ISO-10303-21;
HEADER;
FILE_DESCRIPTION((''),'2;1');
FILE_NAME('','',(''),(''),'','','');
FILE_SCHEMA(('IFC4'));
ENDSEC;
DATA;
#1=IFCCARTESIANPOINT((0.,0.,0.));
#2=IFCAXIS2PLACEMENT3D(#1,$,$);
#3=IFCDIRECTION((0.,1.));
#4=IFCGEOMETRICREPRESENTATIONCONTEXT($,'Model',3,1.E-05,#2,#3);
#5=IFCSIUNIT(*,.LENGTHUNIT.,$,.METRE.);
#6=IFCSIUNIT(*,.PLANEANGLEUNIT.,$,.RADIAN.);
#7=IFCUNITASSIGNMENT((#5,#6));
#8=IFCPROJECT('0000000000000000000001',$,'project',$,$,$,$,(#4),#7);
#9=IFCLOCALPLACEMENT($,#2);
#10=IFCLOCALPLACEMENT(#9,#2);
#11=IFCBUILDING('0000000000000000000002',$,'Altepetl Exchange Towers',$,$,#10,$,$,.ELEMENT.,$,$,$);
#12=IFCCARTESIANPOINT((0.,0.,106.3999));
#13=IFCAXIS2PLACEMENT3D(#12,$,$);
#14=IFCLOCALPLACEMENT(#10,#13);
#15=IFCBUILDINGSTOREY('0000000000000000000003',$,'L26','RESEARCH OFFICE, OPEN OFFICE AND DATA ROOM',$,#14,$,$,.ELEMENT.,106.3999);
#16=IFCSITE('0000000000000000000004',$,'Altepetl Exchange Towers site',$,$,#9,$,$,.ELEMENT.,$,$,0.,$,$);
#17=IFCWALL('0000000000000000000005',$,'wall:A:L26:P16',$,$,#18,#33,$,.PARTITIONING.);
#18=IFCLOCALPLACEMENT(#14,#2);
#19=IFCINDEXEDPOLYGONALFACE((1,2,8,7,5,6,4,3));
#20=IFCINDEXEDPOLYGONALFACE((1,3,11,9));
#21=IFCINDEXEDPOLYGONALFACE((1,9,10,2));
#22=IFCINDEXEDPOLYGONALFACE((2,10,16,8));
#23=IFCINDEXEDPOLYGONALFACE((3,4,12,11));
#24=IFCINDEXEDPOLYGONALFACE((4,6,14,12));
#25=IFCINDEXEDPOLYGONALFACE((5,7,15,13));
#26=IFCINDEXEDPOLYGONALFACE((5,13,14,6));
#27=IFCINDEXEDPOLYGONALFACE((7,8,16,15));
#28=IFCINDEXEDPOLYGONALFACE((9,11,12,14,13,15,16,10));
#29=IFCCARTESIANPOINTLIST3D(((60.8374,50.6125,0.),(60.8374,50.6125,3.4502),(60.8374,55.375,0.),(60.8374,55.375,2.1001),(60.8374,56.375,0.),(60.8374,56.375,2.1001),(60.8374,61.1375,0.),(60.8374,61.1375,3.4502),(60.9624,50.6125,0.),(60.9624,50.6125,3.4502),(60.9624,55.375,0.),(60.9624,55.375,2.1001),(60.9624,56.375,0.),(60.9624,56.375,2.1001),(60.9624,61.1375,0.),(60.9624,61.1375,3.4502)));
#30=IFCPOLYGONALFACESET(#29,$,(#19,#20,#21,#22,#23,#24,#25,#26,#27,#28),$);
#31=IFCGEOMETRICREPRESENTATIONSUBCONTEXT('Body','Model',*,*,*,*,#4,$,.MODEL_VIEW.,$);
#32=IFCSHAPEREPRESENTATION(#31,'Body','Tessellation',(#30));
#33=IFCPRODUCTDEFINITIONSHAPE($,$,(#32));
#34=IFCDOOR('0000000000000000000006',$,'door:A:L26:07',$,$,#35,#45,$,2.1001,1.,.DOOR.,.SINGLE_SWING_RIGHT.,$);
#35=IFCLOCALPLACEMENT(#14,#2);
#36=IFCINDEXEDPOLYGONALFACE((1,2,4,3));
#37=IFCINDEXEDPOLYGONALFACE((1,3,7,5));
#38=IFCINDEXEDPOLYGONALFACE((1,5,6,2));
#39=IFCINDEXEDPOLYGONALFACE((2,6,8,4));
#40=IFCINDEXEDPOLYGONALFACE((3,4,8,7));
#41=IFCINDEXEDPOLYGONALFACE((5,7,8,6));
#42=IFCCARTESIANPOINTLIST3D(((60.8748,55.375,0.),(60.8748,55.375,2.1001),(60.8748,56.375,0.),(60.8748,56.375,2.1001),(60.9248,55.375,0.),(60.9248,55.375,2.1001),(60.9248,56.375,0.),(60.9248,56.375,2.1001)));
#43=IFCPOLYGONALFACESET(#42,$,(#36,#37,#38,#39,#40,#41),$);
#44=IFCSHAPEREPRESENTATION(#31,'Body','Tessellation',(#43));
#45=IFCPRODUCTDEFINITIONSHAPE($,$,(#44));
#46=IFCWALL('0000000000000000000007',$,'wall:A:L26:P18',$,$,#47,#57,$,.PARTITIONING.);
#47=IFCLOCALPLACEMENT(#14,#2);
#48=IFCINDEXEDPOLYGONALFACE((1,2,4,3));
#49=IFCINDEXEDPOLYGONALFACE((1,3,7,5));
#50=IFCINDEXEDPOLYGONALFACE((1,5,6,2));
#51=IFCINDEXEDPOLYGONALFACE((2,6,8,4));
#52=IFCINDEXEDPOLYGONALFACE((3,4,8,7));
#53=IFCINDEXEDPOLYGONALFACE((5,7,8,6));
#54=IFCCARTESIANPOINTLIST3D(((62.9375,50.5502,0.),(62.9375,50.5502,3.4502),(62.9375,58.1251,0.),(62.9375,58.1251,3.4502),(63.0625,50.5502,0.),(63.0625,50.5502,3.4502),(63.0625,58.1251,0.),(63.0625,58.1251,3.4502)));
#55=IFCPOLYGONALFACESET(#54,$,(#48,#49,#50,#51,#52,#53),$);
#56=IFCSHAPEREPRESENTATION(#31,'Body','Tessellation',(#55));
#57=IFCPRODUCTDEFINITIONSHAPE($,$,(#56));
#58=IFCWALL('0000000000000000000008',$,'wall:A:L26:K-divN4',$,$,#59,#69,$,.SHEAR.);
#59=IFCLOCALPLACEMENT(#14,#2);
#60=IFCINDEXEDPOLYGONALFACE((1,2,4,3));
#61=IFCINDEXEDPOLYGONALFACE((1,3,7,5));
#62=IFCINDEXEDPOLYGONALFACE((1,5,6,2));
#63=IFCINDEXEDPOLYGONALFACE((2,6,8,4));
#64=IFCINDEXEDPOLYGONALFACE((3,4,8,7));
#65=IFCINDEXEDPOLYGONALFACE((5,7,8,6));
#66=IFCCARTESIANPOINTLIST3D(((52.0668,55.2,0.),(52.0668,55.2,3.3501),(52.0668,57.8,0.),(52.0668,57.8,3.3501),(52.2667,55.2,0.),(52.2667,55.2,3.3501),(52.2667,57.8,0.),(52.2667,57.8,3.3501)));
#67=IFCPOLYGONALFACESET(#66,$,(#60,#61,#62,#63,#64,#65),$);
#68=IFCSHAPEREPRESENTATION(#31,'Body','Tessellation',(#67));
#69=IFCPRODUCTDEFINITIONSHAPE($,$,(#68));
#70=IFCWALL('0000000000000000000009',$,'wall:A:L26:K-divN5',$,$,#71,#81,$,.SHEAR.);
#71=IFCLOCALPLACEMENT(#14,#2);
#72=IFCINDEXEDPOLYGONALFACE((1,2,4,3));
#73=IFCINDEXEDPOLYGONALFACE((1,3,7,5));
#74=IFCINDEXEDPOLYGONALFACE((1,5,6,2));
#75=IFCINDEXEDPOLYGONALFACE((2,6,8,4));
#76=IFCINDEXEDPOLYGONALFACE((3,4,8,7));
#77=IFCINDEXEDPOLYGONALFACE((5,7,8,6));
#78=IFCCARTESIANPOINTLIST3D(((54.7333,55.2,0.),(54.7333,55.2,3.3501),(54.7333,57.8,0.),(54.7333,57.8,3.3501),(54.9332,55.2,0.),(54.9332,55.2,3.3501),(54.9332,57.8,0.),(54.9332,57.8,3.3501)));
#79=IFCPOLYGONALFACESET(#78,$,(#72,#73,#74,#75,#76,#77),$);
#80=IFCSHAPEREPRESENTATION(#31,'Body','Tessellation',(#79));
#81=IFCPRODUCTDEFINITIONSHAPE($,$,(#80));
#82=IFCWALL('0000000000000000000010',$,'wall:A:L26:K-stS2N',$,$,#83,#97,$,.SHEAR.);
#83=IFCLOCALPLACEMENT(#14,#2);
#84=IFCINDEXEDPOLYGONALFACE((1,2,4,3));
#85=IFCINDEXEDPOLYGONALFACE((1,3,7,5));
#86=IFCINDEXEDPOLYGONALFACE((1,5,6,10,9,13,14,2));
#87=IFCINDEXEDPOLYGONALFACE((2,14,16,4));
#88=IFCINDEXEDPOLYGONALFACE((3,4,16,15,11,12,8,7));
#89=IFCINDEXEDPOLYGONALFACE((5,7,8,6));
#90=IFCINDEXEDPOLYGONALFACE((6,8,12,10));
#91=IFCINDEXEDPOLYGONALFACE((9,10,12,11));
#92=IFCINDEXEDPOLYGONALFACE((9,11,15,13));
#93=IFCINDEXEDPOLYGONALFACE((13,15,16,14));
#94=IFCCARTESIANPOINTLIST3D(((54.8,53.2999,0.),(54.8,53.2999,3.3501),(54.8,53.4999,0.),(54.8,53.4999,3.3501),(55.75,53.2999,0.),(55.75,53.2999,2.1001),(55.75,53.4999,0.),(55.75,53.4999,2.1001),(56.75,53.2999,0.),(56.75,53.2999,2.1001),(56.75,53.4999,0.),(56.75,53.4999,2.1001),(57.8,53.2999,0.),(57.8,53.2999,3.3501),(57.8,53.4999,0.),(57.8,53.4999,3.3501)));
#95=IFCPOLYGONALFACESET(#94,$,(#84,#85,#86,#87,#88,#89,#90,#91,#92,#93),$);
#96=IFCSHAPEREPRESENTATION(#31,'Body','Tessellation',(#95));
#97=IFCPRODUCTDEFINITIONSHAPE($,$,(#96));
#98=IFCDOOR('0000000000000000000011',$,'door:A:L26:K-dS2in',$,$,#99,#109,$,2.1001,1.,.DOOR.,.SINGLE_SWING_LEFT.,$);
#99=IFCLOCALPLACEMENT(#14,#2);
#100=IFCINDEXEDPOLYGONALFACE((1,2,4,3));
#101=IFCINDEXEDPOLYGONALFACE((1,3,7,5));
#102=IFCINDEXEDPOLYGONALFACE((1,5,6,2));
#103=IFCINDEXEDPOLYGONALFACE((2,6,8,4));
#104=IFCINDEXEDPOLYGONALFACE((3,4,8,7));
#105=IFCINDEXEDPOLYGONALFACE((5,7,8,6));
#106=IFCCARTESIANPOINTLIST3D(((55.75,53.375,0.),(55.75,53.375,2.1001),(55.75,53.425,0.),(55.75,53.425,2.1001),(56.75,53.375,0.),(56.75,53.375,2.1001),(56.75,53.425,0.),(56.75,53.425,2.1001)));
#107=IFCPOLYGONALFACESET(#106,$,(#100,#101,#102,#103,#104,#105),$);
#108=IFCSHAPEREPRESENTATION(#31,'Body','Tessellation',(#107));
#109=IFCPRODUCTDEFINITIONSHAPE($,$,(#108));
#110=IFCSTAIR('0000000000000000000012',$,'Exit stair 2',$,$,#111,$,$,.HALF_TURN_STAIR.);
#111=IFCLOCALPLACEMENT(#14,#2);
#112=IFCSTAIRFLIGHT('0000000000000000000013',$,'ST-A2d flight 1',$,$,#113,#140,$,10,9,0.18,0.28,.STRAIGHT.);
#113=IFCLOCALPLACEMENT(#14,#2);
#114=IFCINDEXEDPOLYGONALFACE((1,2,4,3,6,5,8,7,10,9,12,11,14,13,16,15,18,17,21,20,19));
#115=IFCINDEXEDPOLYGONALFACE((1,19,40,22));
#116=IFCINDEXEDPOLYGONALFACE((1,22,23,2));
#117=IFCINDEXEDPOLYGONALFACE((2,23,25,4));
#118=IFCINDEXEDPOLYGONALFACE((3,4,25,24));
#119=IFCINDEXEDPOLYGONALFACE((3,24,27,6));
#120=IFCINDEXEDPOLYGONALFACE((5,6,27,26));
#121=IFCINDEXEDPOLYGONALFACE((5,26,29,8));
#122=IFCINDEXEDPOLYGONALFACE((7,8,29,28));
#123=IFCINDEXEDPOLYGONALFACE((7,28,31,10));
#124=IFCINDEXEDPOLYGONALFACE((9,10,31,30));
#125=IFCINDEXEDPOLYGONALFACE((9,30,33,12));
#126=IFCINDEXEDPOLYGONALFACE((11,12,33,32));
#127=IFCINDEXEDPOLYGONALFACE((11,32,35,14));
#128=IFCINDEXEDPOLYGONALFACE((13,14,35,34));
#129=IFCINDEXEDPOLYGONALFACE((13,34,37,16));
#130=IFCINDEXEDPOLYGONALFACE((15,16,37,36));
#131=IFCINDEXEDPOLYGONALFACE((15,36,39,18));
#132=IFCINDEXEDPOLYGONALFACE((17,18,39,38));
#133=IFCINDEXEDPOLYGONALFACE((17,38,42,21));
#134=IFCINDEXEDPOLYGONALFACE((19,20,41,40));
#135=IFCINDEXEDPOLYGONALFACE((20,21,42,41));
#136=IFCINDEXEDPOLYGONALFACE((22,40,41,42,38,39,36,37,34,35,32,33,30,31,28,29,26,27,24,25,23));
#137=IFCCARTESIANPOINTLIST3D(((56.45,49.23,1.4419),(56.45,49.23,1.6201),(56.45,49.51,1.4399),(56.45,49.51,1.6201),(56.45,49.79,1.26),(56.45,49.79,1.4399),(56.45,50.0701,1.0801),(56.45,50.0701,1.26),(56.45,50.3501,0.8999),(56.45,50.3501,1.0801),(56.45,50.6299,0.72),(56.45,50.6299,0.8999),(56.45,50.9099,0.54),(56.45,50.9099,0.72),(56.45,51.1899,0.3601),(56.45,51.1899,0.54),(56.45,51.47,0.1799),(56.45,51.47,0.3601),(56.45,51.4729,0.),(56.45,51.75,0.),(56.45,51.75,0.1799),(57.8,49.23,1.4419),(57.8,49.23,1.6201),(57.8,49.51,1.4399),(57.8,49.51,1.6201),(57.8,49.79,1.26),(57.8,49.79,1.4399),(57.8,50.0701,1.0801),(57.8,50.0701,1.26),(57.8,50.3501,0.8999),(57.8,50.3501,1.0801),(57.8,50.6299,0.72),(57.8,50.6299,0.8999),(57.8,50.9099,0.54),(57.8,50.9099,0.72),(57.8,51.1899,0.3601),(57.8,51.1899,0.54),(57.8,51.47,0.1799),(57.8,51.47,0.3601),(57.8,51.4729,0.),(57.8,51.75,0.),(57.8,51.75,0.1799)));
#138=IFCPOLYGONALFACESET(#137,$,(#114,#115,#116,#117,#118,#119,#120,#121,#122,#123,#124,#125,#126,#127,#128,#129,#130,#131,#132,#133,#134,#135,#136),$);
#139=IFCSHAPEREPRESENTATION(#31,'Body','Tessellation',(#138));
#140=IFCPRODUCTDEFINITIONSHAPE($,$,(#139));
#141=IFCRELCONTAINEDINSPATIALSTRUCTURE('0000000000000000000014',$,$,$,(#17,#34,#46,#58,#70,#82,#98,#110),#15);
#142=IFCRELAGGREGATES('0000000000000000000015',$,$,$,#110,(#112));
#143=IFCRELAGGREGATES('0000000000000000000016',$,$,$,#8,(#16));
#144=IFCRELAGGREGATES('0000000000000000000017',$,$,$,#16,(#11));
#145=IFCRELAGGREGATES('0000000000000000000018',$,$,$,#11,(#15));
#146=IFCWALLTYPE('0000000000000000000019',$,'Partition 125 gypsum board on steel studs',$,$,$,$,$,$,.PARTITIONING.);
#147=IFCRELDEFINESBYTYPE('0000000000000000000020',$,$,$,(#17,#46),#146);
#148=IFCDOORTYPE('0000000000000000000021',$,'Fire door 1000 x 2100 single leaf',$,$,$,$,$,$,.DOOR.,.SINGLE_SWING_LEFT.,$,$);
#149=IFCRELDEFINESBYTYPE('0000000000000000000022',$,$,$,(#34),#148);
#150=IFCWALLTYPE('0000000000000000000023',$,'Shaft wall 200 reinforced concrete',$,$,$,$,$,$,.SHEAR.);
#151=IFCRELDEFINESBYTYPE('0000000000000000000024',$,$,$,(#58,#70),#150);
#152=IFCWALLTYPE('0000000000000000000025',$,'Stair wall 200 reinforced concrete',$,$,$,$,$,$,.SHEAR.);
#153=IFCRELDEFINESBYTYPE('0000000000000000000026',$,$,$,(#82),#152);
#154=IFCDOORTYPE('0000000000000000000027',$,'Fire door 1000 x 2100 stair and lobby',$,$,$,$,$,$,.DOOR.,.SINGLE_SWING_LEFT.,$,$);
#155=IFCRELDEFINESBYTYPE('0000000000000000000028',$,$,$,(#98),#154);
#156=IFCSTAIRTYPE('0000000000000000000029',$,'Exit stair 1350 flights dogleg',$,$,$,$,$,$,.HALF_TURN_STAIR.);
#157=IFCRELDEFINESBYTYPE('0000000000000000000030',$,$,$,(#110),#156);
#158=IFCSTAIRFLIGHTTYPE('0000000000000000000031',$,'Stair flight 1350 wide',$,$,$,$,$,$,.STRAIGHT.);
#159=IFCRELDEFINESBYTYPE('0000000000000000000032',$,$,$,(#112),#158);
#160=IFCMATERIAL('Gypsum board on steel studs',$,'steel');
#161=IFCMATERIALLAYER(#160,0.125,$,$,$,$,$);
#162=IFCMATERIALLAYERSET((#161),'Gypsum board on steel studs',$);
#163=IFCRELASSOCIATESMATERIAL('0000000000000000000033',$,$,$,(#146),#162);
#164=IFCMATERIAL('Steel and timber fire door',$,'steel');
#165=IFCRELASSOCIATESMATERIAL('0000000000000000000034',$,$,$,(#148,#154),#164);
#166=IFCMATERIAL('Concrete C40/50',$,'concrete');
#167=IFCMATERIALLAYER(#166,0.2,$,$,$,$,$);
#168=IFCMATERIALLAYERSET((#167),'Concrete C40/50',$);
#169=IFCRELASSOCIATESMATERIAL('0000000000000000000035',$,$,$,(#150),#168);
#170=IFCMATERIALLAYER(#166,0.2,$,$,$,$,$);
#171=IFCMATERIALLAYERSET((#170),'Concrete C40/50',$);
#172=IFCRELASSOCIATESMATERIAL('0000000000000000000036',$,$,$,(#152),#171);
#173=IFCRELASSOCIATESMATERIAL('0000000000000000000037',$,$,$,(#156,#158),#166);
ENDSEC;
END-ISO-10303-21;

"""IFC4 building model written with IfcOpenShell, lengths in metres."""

from ifc_helpers import new_model, si_unit, direction, frame, frame_2d, origin, place, context, subcontext, project, spatial, polyline, rectangle, outline, extrude, material, layer, layer_set, type_object, element, fill, aggregate, save


model = new_model("IFC4")

# Units and contexts
model_context = context("Model", 3, precision=1e-05, world=origin(), true_north=direction((0.0, 1.0)))
body_context = subcontext(model_context, "Body", "Model", "MODEL_VIEW")
ifc_project = project(units=[si_unit("LENGTHUNIT", "METRE"), si_unit("PLANEANGLEUNIT", "RADIAN")], contexts=[model_context])

# Site, building, storey
site_placement = place(None, origin())
site = spatial("IfcSite", under=ifc_project, at=site_placement, Name="Altepetl Exchange Towers site", CompositionType="ELEMENT", RefElevation=0.0)
building_placement = place(site_placement, origin())
building = spatial("IfcBuilding", under=site, at=building_placement, Name="Altepetl Exchange Towers", CompositionType="ELEMENT")
storey_placement = place(building_placement, frame((0.0, 0.0, 106.3999)))
storey = spatial("IfcBuildingStorey", under=building, at=storey_placement, Name="L26", Description="RESEARCH OFFICE, OPEN OFFICE AND DATA ROOM", CompositionType="ELEMENT", Elevation=106.3999)

# Wall, opening, door
ifc_material_1 = material(Name="Gypsum board on steel studs", Category="steel")
ifc_layer_1 = layer(ifc_material_1, 0.125)
ifc_layer_set_1 = layer_set([ifc_layer_1], Name="Gypsum board on steel studs")
wall_type_1 = type_object("IfcWallType", Name="Partition 125 gypsum board on steel studs", PredefinedType="PARTITIONING", material=ifc_layer_set_1)
ifc_material_2 = material(Name="Steel and timber fire door", Category="steel")
wall_1_placement = place(storey_placement, frame((60.8999, 50.6125, 0.0), z_axis=(0.0, 0.0, 1.0), x_axis=(0.0, 1.0, 0.0)))
wall_1 = element("IfcWall", 1, at=wall_1_placement, inside=storey, type_object=wall_type_1, Name="wall:A:L26:P16", PredefinedType="PARTITIONING", context=body_context, shape_type="SweptSolid", body=[
    extrude(rectangle(XDim=10.5249, YDim=0.125, at=frame_2d((5.2625, 0.0))), origin(), (0.0, 0.0, 1.0), 3.4502),
])
opening_1_placement = place(wall_1_placement, frame((4.7625, 0.0, 0.0)))
opening_1 = element("IfcOpeningElement", 2, at=opening_1_placement, cuts=wall_1, PredefinedType="OPENING", context=body_context, shape_type="SweptSolid", body=[
    extrude(rectangle(XDim=1.0, YDim=2.1001, at=frame_2d((0.5, 1.05))), frame((0.0, 0.0725, 0.0), z_axis=(0.0, -1.0, 0.0), x_axis=(1.0, 0.0, 0.0)), (0.0, 0.0, 1.0), 0.145),
])
door_type_1 = type_object("IfcDoorType", Name="Fire door 1000 x 2100 single leaf", OperationType="SINGLE_SWING_LEFT", PredefinedType="DOOR", material=ifc_material_2)
door_1_placement = place(opening_1_placement, frame((1.0, 0.0, 0.0), x_axis=(-1.0, 0.0, 0.0)))
door_1 = element("IfcDoor", 3, at=door_1_placement, inside=storey, type_object=door_type_1, Name="door:A:L26:07", OperationType="SINGLE_SWING_RIGHT", OverallHeight=2.1001, OverallWidth=1.0, PredefinedType="DOOR", context=body_context, shape_type="SweptSolid", body=[
    extrude(rectangle(XDim=1.0, YDim=2.1001, at=frame_2d((0.5, 1.05))), frame((0.0, 0.0249, 0.0), z_axis=(0.0, -1.0, 0.0), x_axis=(1.0, 0.0, 0.0)), (0.0, 0.0, 1.0), 0.05),
])
fill(opening_1, door_1)

# Walls
wall_2_placement = place(storey_placement, frame((63.0, 50.55, 0.0), z_axis=(0.0, 0.0, 1.0), x_axis=(0.0, 1.0, 0.0)))
element("IfcWall", 4, at=wall_2_placement, inside=storey, type_object=wall_type_1, Name="wall:A:L26:P18", PredefinedType="PARTITIONING", context=body_context, shape_type="SweptSolid", body=[
    extrude(rectangle(XDim=7.575, YDim=0.125, at=frame_2d((3.7876, 0.0))), origin(), (0.0, 0.0, 1.0), 3.4502),
])
ifc_material_3 = material(Name="Concrete C40/50", Category="concrete")
ifc_layer_2 = layer(ifc_material_3, 0.2)
ifc_layer_set_2 = layer_set([ifc_layer_2], Name="Concrete C40/50")
wall_type_2 = type_object("IfcWallType", Name="Shaft wall 200 reinforced concrete", PredefinedType="SHEAR", material=ifc_layer_set_2)
for number, where, z_axis, x_axis, name in (
    (5, (52.1667, 57.8, 0.0), (0.0, 0.0, 1.0), (0.0, -1.0, 0.0), "wall:A:L26:K-divN4"),
    (6, (54.8333, 57.8, 0.0), (0.0, 0.0, 1.0), (0.0, -1.0, 0.0), "wall:A:L26:K-divN5"),
):
    element("IfcWall", number, at=place(storey_placement, frame(where, z_axis=z_axis, x_axis=x_axis)), inside=storey, type_object=wall_type_2, Name=name, PredefinedType="SHEAR", context=body_context, shape_type="SweptSolid", body=[
        extrude(rectangle(XDim=2.6001, YDim=0.2, at=frame_2d((1.3, 0.0))), origin(), (0.0, 0.0, 1.0), 3.3501),
    ])

# Wall, opening, door
ifc_layer_3 = layer(ifc_material_3, 0.2)
ifc_layer_set_3 = layer_set([ifc_layer_3], Name="Concrete C40/50")
wall_type_3 = type_object("IfcWallType", Name="Stair wall 200 reinforced concrete", PredefinedType="SHEAR", material=ifc_layer_set_3)
wall_3_placement = place(storey_placement, frame((54.8, 53.3999, 0.0)))
wall_3 = element("IfcWall", 7, at=wall_3_placement, inside=storey, type_object=wall_type_3, Name="wall:A:L26:K-stS2N", PredefinedType="SHEAR", context=body_context, shape_type="SweptSolid", body=[
    extrude(rectangle(XDim=3.0, YDim=0.2, at=frame_2d((1.5, 0.0))), origin(), (0.0, 0.0, 1.0), 3.3501),
])
opening_2_placement = place(wall_3_placement, frame((0.95, 0.0, 0.0)))
opening_2 = element("IfcOpeningElement", 8, at=opening_2_placement, cuts=wall_3, PredefinedType="OPENING", context=body_context, shape_type="SweptSolid", body=[
    extrude(rectangle(XDim=1.0, YDim=2.1001, at=frame_2d((0.5, 1.05))), frame((0.0, 0.1099, 0.0), z_axis=(0.0, -1.0, 0.0), x_axis=(1.0, 0.0, 0.0)), (0.0, 0.0, 1.0), 0.22),
])
door_type_2 = type_object("IfcDoorType", Name="Fire door 1000 x 2100 stair and lobby", OperationType="SINGLE_SWING_LEFT", PredefinedType="DOOR", material=ifc_material_2)
door_2_placement = place(opening_2_placement, frame((1.0, 0.0, 0.0), x_axis=(-1.0, 0.0, 0.0)))
door_2 = element("IfcDoor", 9, at=door_2_placement, inside=storey, type_object=door_type_2, Name="door:A:L26:K-dS2in", OperationType="SINGLE_SWING_LEFT", OverallHeight=2.1001, OverallWidth=1.0, PredefinedType="DOOR", context=body_context, shape_type="SweptSolid", body=[
    extrude(rectangle(XDim=1.0, YDim=2.1001, at=frame_2d((0.5, 1.05))), frame((0.0, 0.0249, 0.0), z_axis=(0.0, -1.0, 0.0), x_axis=(1.0, 0.0, 0.0)), (0.0, 0.0, 1.0), 0.05),
])
fill(opening_2, door_2)

# Stair, stair flight
stair_type = type_object("IfcStairType", Name="Exit stair 1350 flights dogleg", PredefinedType="HALF_TURN_STAIR", material=ifc_material_3)
stair_placement = place(storey_placement, origin())
stair = element("IfcStair", 10, at=stair_placement, inside=storey, type_object=stair_type, Name="Exit stair 2", PredefinedType="HALF_TURN_STAIR")
stair_flight_type = type_object("IfcStairFlightType", Name="Stair flight 1350 wide", PredefinedType="STRAIGHT", material=ifc_material_3)
stair_flight_placement = place(storey_placement, frame((57.125, 51.75, 0.0), z_axis=(0.0, 0.0, 1.0), x_axis=(0.0, -1.0, 0.0)))
stair_flight = element("IfcStairFlight", 11, at=stair_flight_placement, type_object=stair_flight_type, Name="ST-A2d flight 1", NumberOfRisers=10, NumberOfTreads=9, PredefinedType="STRAIGHT", RiserHeight=0.18, TreadLength=0.28, context=body_context, shape_type="SweptSolid", body=[
    extrude(outline(polyline([(0.0, 0.0), (0.0, 0.1799), (0.28, 0.1799), (0.28, 0.3601), (0.5601, 0.3601), (0.5601, 0.54), (0.8401, 0.54), (0.8401, 0.72), (1.1201, 0.72), (1.1201, 0.8999), (1.3999, 0.8999), (1.3999, 1.0801), (1.6799, 1.0801), (1.6799, 1.26), (1.96, 1.26), (1.96, 1.4399), (2.24, 1.4399), (2.24, 1.6201), (2.52, 1.6201), (2.52, 1.8), (2.52, 1.4419), (0.2771, 0.0), (0.0, 0.0)])), frame((0.0, 0.675, 0.0), z_axis=(0.0, -1.0, 0.0), x_axis=(1.0, 0.0, 0.0)), (0.0, 0.0, 1.0), 1.3501),
])
aggregate(stair, [stair_flight])

save(model, "model.ifc")
